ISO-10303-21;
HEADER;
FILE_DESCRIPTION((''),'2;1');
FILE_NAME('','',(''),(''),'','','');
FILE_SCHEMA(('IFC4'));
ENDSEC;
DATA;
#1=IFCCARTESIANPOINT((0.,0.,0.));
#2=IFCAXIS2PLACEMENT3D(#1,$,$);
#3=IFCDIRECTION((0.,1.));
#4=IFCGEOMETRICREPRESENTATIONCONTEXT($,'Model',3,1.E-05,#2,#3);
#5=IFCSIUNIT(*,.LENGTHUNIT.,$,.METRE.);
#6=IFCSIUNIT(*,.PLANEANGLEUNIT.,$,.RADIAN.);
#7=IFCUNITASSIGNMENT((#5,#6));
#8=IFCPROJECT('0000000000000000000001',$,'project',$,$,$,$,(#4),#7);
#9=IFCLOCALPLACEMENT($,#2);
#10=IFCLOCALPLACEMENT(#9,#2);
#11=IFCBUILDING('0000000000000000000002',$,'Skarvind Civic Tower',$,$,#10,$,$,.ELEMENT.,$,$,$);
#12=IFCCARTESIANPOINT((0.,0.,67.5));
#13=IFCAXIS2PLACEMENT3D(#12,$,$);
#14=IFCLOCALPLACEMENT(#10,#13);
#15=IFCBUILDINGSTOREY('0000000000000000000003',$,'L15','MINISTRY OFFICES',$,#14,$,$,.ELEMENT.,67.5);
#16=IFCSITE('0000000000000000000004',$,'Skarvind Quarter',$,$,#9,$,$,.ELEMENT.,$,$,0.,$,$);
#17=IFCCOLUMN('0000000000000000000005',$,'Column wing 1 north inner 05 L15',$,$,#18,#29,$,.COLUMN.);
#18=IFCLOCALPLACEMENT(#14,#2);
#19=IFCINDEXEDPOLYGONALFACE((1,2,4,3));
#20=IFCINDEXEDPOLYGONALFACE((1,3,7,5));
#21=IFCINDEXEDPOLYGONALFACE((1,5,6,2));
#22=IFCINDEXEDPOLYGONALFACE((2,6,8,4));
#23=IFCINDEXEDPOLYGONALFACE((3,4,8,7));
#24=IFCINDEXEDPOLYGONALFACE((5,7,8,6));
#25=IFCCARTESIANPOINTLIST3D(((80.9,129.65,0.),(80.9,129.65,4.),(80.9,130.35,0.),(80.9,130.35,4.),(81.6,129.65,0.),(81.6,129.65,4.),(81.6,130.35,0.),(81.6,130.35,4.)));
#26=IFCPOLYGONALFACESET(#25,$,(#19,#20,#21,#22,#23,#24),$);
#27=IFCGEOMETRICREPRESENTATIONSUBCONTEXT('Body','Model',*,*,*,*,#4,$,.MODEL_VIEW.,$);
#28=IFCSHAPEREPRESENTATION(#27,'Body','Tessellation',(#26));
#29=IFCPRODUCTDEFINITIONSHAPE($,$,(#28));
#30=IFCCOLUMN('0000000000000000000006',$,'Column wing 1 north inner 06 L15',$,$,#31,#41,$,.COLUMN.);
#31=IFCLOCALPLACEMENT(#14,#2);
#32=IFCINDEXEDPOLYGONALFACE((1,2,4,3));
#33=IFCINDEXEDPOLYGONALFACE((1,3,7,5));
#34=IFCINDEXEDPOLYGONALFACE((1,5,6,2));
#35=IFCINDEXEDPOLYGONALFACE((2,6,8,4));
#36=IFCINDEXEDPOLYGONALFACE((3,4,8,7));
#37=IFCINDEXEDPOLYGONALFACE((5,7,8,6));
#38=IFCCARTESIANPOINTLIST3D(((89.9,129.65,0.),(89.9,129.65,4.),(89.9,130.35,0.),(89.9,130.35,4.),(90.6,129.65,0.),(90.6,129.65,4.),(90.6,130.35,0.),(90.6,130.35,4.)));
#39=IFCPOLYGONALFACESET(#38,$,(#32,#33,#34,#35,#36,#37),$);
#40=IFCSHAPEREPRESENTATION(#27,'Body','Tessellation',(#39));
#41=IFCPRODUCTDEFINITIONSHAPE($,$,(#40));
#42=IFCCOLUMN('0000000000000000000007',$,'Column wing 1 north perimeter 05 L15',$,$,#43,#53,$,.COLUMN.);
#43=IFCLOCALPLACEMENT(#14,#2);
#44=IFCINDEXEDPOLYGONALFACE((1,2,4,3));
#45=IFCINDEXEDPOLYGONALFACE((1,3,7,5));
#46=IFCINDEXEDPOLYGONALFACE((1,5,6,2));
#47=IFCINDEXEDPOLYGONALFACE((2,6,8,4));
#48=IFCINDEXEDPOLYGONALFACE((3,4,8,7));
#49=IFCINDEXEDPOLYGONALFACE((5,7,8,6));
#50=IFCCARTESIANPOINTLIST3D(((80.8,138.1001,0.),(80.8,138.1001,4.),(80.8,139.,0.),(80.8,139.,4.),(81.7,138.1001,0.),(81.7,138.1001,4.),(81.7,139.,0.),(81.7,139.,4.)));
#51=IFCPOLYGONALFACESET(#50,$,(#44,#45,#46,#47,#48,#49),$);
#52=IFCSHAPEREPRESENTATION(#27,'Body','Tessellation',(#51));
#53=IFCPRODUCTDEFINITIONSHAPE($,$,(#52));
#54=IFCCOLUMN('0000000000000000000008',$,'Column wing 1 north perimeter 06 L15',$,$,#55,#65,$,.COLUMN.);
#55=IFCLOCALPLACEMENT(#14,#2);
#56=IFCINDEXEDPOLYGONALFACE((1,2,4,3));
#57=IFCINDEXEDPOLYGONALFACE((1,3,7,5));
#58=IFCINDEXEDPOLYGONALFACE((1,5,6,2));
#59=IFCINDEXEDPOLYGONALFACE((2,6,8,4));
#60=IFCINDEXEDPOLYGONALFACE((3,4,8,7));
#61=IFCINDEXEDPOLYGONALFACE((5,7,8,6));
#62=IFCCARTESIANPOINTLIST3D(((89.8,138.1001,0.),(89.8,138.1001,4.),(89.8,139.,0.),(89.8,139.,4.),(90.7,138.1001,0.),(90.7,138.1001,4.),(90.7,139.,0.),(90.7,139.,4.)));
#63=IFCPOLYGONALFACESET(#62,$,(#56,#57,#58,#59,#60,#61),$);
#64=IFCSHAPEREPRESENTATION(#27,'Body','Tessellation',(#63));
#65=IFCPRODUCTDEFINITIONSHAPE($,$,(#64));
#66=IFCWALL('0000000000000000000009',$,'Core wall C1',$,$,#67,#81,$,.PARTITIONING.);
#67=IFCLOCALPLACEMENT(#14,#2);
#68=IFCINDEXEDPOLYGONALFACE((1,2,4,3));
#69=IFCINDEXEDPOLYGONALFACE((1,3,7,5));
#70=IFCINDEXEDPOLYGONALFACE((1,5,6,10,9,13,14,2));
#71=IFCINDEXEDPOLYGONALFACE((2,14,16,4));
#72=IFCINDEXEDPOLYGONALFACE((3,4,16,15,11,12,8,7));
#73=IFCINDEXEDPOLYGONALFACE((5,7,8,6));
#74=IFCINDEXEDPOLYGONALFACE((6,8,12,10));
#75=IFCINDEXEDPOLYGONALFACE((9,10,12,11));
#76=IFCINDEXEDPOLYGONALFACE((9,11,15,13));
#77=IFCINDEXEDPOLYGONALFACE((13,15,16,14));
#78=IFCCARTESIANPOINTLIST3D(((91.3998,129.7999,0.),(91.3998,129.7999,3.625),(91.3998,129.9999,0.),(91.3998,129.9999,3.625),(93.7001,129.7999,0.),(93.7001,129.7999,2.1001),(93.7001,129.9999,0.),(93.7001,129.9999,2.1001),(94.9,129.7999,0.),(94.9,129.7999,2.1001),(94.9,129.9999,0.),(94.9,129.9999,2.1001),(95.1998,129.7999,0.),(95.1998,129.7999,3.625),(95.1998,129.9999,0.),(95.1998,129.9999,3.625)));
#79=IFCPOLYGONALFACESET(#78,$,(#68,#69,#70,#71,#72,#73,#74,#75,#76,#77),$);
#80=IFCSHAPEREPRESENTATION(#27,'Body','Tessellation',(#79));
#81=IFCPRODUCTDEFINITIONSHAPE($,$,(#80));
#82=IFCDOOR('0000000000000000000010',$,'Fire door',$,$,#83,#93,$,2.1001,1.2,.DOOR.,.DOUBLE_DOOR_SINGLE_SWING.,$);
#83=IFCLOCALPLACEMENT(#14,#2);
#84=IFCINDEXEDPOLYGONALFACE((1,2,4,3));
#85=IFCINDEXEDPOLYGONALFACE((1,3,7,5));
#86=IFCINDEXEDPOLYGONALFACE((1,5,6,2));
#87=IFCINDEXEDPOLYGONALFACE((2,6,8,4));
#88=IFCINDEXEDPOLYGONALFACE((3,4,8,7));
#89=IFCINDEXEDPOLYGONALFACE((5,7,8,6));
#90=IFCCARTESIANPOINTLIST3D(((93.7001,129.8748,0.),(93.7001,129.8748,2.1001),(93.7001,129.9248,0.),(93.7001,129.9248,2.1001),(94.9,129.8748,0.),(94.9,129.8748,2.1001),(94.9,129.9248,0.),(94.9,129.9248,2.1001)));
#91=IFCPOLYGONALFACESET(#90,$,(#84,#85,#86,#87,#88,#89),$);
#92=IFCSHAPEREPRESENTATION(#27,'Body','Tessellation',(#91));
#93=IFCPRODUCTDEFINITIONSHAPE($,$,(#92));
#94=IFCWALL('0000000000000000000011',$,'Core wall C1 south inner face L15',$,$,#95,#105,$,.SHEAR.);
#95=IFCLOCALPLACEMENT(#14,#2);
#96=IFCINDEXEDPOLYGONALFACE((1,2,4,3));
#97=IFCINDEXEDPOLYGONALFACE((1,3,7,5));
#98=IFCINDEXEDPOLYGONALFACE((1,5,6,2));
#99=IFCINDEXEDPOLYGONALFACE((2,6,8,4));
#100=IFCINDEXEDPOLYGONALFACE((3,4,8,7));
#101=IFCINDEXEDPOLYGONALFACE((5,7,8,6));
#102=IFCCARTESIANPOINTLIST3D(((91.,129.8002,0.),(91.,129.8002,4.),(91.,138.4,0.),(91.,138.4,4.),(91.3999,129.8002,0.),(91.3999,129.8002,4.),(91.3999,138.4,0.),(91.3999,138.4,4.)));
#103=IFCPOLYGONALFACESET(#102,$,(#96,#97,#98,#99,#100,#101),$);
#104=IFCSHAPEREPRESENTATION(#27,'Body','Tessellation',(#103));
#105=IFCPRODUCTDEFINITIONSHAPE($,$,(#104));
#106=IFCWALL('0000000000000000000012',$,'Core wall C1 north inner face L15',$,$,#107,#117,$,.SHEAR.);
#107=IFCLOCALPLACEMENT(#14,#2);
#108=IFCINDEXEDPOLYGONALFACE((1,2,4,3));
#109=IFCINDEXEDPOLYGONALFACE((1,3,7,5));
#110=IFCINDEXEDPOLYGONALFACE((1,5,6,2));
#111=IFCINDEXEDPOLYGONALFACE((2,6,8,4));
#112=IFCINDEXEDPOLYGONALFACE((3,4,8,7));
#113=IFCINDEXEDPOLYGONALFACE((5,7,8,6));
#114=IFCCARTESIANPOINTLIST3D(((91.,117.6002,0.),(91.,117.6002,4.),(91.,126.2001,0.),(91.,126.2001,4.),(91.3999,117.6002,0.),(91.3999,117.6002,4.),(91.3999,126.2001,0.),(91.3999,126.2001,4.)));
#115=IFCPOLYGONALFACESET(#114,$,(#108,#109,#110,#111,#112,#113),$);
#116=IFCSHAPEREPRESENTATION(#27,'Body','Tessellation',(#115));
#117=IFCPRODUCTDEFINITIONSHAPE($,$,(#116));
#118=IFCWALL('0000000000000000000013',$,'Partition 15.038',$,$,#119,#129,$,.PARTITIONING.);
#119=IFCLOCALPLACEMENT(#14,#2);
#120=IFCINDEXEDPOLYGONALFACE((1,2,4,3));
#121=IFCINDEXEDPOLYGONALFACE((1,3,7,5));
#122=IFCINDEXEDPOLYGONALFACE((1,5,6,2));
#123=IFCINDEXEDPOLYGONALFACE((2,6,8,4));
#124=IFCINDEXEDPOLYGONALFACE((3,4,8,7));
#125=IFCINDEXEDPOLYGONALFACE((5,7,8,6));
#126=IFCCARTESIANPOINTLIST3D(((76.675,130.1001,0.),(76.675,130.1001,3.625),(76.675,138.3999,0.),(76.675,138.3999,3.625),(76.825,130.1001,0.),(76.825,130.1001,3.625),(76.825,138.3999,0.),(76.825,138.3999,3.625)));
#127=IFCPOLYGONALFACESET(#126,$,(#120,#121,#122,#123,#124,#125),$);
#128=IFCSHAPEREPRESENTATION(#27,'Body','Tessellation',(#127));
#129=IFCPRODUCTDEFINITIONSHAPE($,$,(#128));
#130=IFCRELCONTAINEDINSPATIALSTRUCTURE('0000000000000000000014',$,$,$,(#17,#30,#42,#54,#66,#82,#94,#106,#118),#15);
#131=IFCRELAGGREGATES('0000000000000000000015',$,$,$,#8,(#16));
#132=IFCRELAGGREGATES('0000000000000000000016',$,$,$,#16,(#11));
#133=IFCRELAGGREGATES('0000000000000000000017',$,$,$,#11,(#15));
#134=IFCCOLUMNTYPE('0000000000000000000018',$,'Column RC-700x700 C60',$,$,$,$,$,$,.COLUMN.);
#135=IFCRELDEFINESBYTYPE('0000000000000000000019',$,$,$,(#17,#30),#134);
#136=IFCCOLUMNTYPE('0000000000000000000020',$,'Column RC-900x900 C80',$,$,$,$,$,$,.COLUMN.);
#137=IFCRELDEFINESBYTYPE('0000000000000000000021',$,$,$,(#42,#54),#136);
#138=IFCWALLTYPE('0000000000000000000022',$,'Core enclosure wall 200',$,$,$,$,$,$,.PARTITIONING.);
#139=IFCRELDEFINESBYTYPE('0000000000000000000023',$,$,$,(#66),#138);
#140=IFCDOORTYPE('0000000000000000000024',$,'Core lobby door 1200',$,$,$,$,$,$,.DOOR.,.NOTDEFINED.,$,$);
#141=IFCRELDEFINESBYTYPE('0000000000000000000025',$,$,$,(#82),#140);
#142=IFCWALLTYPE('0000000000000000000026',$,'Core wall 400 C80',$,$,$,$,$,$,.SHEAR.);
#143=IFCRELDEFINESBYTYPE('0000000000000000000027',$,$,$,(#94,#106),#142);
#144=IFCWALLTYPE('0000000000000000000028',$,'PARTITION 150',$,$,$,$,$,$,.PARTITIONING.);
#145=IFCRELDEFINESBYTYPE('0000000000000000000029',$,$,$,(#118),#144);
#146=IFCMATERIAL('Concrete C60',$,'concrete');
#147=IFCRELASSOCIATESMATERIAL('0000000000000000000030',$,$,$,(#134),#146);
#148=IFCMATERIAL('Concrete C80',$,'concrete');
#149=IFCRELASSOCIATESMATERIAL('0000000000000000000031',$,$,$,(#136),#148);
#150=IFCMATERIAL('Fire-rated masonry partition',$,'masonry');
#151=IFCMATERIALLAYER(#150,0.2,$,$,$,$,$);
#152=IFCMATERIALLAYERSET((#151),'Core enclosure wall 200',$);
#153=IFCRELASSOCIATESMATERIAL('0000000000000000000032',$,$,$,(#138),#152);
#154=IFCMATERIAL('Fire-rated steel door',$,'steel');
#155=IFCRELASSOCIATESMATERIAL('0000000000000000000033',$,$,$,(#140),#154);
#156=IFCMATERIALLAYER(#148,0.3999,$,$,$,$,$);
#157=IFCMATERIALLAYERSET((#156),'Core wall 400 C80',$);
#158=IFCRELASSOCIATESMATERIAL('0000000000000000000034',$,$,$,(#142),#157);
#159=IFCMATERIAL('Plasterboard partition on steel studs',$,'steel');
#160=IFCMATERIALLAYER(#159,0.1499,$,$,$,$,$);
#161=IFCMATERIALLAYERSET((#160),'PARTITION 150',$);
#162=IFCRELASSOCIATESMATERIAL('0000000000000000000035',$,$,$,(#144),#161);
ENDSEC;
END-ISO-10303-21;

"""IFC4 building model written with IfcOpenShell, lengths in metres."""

from ifc_helpers import new_model, si_unit, direction, frame, frame_2d, origin, origin_2d, place, context, subcontext, project, spatial, rectangle, extrude, material, layer, layer_set, material_profile, profile_set, type_object, element, fill, save


model = new_model("IFC4")

# Units and contexts
model_context = context("Model", 3, precision=1e-05, world=origin(), true_north=direction((0.0, 1.0)))
body_context = subcontext(model_context, "Body", "Model", "MODEL_VIEW")
ifc_project = project(units=[si_unit("LENGTHUNIT", "METRE"), si_unit("PLANEANGLEUNIT", "RADIAN")], contexts=[model_context])

# Site, building, storey
site_placement = place(None, origin())
site = spatial("IfcSite", under=ifc_project, at=site_placement, Name="Skarvind Quarter", CompositionType="ELEMENT", RefElevation=0.0)
building_placement = place(site_placement, origin())
building = spatial("IfcBuilding", under=site, at=building_placement, Name="Skarvind Civic Tower", CompositionType="ELEMENT")
storey_placement = place(building_placement, frame((0.0, 0.0, 67.5)))
storey = spatial("IfcBuildingStorey", under=building, at=storey_placement, Name="L15", Description="MINISTRY OFFICES", CompositionType="ELEMENT", Elevation=67.5)

# Columns
ifc_material_1 = material(Name="Concrete C60", Category="concrete")
ifc_material_profile_1 = material_profile(ifc_material_1, rectangle(XDim=0.7, YDim=0.7, at=origin_2d()), Name="RC-700x700")
ifc_profile_set_1 = profile_set([ifc_material_profile_1], Name="Concrete C60")
column_type_1 = type_object("IfcColumnType", Name="Column RC-700x700 C60", PredefinedType="COLUMN", material=ifc_profile_set_1)
for number, where, z_axis, x_axis, name in (
    (1, (81.25, 130.0, 0.0), (0.0, 0.0, 1.0), (1.0, 0.0, 0.0), "Column wing 1 north inner 05 L15"),
    (2, (90.25, 130.0, 0.0), (0.0, 0.0, 1.0), (1.0, 0.0, 0.0), "Column wing 1 north inner 06 L15"),
):
    element("IfcColumn", number, at=place(storey_placement, frame(where, z_axis=z_axis, x_axis=x_axis)), inside=storey, type_object=column_type_1, Name=name, PredefinedType="COLUMN", context=body_context, shape_type="SweptSolid", body=[
        extrude(rectangle(XDim=0.7, YDim=0.7, at=origin_2d()), origin(), (0.0, 0.0, 1.0), 4.0),
    ])
ifc_material_2 = material(Name="Concrete C80", Category="concrete")
ifc_material_profile_2 = material_profile(ifc_material_2, rectangle(XDim=0.8999, YDim=0.8999, at=origin_2d()), Name="RC-900x900")
ifc_profile_set_2 = profile_set([ifc_material_profile_2], Name="Concrete C80")
column_type_2 = type_object("IfcColumnType", Name="Column RC-900x900 C80", PredefinedType="COLUMN", material=ifc_profile_set_2)
for number, where, z_axis, x_axis, name in (
    (3, (81.25, 138.55, 0.0), (0.0, 0.0, 1.0), (1.0, 0.0, 0.0), "Column wing 1 north perimeter 05 L15"),
    (4, (90.25, 138.55, 0.0), (0.0, 0.0, 1.0), (1.0, 0.0, 0.0), "Column wing 1 north perimeter 06 L15"),
):
    element("IfcColumn", number, at=place(storey_placement, frame(where, z_axis=z_axis, x_axis=x_axis)), inside=storey, type_object=column_type_2, Name=name, PredefinedType="COLUMN", context=body_context, shape_type="SweptSolid", body=[
        extrude(rectangle(XDim=0.8999, YDim=0.8999, at=origin_2d()), origin(), (0.0, 0.0, 1.0), 4.0),
    ])

# Wall, opening, door
ifc_material_3 = material(Name="Fire-rated masonry partition", Category="masonry")
ifc_layer_1 = layer(ifc_material_3, 0.2)
ifc_layer_set_1 = layer_set([ifc_layer_1], Name="Core enclosure wall 200")
wall_type_1 = type_object("IfcWallType", Name="Core enclosure wall 200", PredefinedType="PARTITIONING", material=ifc_layer_set_1)
wall_1_placement = place(storey_placement, frame((91.3999, 129.8999, 0.0), z_axis=(0.0, 0.0, 1.0), x_axis=(1.0, 0.0, 0.0)))
wall_1 = element("IfcWall", 5, at=wall_1_placement, inside=storey, type_object=wall_type_1, Name="Core wall C1", PredefinedType="PARTITIONING", context=body_context, shape_type="SweptSolid", body=[
    extrude(rectangle(XDim=3.8, YDim=0.2, at=frame_2d((1.8999, 0.0))), origin(), (0.0, 0.0, 1.0), 3.625),
])
opening_1_placement = place(wall_1_placement, frame((2.3, 0.0, 0.0)))
opening_1 = element("IfcOpeningElement", 6, at=opening_1_placement, cuts=wall_1, PredefinedType="OPENING", context=body_context, shape_type="SweptSolid", body=[
    extrude(rectangle(XDim=1.2, YDim=2.1001, at=frame_2d((0.6001, 1.05))), frame((0.0, 0.1099, 0.0), z_axis=(0.0, -1.0, 0.0), x_axis=(1.0, 0.0, 0.0)), (0.0, 0.0, 1.0), 0.22),
])
ifc_material_4 = material(Name="Fire-rated steel door", Category="steel")
door_type_1 = type_object("IfcDoorType", Name="Core lobby door 1200", OperationType="NOTDEFINED", PredefinedType="DOOR", material=ifc_material_4)
door_1_placement = place(opening_1_placement, origin())
door_1 = element("IfcDoor", 7, at=door_1_placement, inside=storey, type_object=door_type_1, Name="Fire door", OperationType="DOUBLE_DOOR_SINGLE_SWING", OverallHeight=2.1001, OverallWidth=1.2, PredefinedType="DOOR", context=body_context, shape_type="SweptSolid", body=[
    extrude(rectangle(XDim=1.2, YDim=2.1001, at=frame_2d((0.6001, 1.05))), frame((0.0, 0.0249, 0.0), z_axis=(0.0, -1.0, 0.0), x_axis=(1.0, 0.0, 0.0)), (0.0, 0.0, 1.0), 0.05),
])
fill(opening_1, door_1)

# Walls
ifc_layer_2 = layer(ifc_material_2, 0.3999)
ifc_layer_set_2 = layer_set([ifc_layer_2], Name="Core wall 400 C80")
wall_type_2 = type_object("IfcWallType", Name="Core wall 400 C80", PredefinedType="SHEAR", material=ifc_layer_set_2)
for number, where, z_axis, x_axis, name in (
    (8, (91.2, 138.3999, 0.0), (0.0, 0.0, 1.0), (0.0, -1.0, 0.0), "Core wall C1 south inner face L15"),
    (9, (91.2, 126.2, 0.0), (0.0, 0.0, 1.0), (0.0, -1.0, 0.0), "Core wall C1 north inner face L15"),
):
    element("IfcWall", number, at=place(storey_placement, frame(where, z_axis=z_axis, x_axis=x_axis)), inside=storey, type_object=wall_type_2, Name=name, PredefinedType="SHEAR", context=body_context, shape_type="SweptSolid", body=[
        extrude(rectangle(XDim=8.5999, YDim=0.3999, at=frame_2d((4.2998, 0.0))), origin(), (0.0, 0.0, 1.0), 4.0),
    ])
ifc_material_5 = material(Name="Plasterboard partition on steel studs", Category="steel")
ifc_layer_3 = layer(ifc_material_5, 0.1499)
ifc_layer_set_3 = layer_set([ifc_layer_3], Name="PARTITION 150")
wall_type_3 = type_object("IfcWallType", Name="PARTITION 150", PredefinedType="PARTITIONING", material=ifc_layer_set_3)
wall_2_placement = place(storey_placement, frame((76.75, 130.1001, 0.0), z_axis=(0.0, 0.0, 1.0), x_axis=(0.0, 1.0, 0.0)))
element("IfcWall", 10, at=wall_2_placement, inside=storey, type_object=wall_type_3, Name="Partition 15.038", PredefinedType="PARTITIONING", context=body_context, shape_type="SweptSolid", body=[
    extrude(rectangle(XDim=8.2998, YDim=0.1499, at=frame_2d((4.1499, 0.0))), origin(), (0.0, 0.0, 1.0), 3.625),
])

save(model, "model.ifc")
